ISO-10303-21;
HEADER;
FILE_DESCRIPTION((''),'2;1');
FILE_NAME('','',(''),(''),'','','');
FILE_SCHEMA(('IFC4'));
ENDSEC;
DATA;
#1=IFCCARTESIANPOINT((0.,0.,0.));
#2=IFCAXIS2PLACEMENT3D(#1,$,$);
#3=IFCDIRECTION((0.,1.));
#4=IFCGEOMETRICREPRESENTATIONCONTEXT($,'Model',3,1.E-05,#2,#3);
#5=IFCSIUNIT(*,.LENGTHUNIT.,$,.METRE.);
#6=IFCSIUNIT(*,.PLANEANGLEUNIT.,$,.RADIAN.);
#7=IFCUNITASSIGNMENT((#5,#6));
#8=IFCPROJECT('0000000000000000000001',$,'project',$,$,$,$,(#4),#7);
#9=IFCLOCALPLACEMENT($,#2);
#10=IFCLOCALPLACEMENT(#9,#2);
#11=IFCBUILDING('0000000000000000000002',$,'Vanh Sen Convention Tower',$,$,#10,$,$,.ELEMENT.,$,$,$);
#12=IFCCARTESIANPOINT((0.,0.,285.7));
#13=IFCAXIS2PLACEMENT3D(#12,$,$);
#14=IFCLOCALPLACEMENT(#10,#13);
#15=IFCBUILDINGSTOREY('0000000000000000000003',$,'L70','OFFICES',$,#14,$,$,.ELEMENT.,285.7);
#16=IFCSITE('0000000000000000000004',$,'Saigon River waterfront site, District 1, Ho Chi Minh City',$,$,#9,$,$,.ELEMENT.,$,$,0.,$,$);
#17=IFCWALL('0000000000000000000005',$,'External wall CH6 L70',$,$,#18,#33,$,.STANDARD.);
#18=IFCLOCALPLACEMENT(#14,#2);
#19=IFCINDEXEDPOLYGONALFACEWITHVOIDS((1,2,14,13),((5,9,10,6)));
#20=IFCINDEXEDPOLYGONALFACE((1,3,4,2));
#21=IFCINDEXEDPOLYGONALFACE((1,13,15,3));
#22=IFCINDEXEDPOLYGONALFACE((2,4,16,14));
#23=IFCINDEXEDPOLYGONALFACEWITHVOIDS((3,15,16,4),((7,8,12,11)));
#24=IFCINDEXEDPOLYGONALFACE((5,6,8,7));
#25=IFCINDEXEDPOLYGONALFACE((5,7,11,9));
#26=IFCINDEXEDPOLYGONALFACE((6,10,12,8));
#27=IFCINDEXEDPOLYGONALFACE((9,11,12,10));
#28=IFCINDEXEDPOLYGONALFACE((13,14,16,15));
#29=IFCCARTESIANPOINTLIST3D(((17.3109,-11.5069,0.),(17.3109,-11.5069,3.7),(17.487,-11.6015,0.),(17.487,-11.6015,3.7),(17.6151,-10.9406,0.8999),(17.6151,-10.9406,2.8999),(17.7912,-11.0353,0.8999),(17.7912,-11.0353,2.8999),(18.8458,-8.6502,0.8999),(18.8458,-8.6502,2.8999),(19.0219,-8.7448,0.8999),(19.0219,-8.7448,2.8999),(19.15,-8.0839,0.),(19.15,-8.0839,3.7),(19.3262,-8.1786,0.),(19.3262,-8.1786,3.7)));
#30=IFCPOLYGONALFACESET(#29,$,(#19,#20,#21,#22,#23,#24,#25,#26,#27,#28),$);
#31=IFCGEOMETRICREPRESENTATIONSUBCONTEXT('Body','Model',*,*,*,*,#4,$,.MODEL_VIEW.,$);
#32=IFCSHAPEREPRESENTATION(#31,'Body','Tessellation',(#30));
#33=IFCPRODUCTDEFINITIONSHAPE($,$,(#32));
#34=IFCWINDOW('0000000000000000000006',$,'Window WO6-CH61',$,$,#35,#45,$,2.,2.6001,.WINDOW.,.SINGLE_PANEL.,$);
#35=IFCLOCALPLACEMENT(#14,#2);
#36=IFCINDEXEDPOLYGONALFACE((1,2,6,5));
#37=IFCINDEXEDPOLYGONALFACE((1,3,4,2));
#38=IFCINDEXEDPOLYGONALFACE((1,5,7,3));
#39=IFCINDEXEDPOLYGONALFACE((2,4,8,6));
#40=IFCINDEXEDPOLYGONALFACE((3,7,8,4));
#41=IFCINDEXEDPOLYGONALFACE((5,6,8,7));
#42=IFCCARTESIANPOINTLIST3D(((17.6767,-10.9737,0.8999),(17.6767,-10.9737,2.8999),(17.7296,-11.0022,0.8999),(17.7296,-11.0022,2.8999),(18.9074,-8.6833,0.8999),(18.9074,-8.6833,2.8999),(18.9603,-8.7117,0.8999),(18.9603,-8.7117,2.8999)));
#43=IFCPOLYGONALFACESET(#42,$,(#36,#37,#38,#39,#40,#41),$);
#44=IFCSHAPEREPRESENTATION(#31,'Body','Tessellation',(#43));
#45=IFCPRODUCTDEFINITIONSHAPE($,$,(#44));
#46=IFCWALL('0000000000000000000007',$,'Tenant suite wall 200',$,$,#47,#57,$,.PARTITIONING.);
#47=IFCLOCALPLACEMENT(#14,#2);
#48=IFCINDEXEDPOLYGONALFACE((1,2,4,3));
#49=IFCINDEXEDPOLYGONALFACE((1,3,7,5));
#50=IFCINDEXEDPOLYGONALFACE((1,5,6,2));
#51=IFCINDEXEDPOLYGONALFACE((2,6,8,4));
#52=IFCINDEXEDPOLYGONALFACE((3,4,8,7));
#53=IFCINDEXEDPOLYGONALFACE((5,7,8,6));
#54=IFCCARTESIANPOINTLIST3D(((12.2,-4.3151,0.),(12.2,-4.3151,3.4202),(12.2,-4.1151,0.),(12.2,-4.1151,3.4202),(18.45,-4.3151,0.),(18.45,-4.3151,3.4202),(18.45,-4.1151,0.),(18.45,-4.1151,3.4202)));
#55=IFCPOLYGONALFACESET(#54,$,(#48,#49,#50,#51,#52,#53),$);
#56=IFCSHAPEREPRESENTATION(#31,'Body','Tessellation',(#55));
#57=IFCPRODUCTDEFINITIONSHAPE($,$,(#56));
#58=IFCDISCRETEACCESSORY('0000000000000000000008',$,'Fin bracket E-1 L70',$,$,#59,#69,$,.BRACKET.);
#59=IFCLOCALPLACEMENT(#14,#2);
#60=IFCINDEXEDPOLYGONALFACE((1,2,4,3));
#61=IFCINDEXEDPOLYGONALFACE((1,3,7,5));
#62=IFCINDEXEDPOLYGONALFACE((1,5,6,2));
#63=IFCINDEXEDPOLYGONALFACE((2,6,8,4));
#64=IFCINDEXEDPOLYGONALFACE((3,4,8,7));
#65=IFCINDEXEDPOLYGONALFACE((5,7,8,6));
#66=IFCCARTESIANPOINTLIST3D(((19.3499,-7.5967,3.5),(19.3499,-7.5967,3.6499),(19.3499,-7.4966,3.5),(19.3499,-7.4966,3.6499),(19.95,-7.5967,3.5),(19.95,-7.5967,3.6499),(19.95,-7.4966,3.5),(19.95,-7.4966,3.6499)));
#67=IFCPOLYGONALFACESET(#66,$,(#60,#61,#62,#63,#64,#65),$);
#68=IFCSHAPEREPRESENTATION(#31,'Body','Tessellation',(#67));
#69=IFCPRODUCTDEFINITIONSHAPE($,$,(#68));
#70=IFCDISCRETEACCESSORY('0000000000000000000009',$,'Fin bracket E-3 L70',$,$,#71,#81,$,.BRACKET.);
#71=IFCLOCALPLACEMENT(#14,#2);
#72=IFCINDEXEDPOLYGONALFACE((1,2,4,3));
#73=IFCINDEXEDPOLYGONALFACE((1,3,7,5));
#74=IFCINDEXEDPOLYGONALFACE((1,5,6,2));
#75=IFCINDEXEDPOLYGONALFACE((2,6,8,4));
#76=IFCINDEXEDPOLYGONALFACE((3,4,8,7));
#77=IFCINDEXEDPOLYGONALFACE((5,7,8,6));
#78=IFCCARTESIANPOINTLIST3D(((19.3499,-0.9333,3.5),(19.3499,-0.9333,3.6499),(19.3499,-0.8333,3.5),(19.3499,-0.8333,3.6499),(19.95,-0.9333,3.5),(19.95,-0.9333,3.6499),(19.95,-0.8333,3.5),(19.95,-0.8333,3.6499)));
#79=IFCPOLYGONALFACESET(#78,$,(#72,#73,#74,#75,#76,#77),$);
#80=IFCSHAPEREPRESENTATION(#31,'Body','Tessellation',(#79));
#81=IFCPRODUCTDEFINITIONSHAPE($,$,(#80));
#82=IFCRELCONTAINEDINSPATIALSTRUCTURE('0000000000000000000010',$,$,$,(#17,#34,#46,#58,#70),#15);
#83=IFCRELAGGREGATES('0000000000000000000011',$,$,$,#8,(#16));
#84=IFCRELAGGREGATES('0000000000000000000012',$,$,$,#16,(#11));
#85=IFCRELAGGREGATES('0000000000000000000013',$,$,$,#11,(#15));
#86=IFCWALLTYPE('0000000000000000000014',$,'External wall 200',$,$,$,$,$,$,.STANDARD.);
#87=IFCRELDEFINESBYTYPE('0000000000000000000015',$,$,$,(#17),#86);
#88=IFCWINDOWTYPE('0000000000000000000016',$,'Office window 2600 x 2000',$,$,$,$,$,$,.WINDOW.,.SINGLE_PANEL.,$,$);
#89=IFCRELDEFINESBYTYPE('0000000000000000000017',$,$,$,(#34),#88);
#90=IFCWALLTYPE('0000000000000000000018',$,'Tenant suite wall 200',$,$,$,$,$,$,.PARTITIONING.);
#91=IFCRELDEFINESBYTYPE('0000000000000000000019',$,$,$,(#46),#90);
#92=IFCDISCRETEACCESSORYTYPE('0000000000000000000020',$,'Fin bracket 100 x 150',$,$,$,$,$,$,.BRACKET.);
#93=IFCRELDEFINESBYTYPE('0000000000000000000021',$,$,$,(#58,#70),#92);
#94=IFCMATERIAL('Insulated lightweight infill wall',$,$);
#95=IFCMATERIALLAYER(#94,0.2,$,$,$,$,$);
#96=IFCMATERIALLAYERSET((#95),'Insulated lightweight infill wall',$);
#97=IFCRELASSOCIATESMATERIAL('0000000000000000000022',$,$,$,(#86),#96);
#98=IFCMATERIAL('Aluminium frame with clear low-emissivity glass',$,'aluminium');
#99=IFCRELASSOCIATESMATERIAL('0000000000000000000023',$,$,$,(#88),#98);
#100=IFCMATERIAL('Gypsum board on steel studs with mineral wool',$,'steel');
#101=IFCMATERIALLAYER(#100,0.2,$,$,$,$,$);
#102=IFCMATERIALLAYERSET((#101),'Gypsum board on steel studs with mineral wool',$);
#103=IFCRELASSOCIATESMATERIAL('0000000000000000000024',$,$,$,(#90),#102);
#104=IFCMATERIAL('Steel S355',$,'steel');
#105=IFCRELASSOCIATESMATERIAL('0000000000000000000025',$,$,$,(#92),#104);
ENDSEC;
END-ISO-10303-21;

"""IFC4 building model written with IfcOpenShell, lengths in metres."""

from ifc_helpers import new_model, si_unit, direction, frame, frame_2d, origin, origin_2d, place, context, subcontext, project, spatial, rectangle, extrude, material, layer, layer_set, type_object, element, fill, save


model = new_model("IFC4")

# Units and contexts
model_context = context("Model", 3, precision=1e-05, world=origin(), true_north=direction((0.0, 1.0)))
body_context = subcontext(model_context, "Body", "Model", "MODEL_VIEW")
ifc_project = project(units=[si_unit("LENGTHUNIT", "METRE"), si_unit("PLANEANGLEUNIT", "RADIAN")], contexts=[model_context])

# Site, building, storey
site_placement = place(None, origin())
site = spatial("IfcSite", under=ifc_project, at=site_placement, Name="Saigon River waterfront site, District 1, Ho Chi Minh City", CompositionType="ELEMENT", RefElevation=0.0)
building_placement = place(site_placement, origin())
building = spatial("IfcBuilding", under=site, at=building_placement, Name="Vanh Sen Convention Tower", CompositionType="ELEMENT")
storey_placement = place(building_placement, frame((0.0, 0.0, 285.7)))
storey = spatial("IfcBuildingStorey", under=building, at=storey_placement, Name="L70", Description="OFFICES", CompositionType="ELEMENT", Elevation=285.7)

# Shared definitions
ifc_material_1 = material(Name="Insulated lightweight infill wall")
ifc_layer_1 = layer(ifc_material_1, 0.2)
ifc_layer_set_1 = layer_set([ifc_layer_1], Name="Insulated lightweight infill wall")
wall_type_1 = type_object("IfcWallType", Name="External wall 200", PredefinedType="STANDARD", material=ifc_layer_set_1)
ifc_material_2 = material(Name="Aluminium frame with clear low-emissivity glass", Category="aluminium")

# Wall, opening, window
wall_1_placement = place(storey_placement, frame((17.3989, -11.5542, 0.0), z_axis=(0.0, 0.0, 1.0), x_axis=(0.473309, 0.880896, 0.0)))
wall_1 = element("IfcWall", 1, at=wall_1_placement, inside=storey, type_object=wall_type_1, Name="External wall CH6 L70", PredefinedType="STANDARD", context=body_context, shape_type="SweptSolid", body=[
    extrude(rectangle(XDim=3.8857, YDim=0.2, at=frame_2d((1.9429, 0.0))), origin(), (0.0, 0.0, 1.0), 3.7),
])
opening_1_placement = place(wall_1_placement, frame((0.6428, 0.0, 0.8999)))
opening_1 = element("IfcOpeningElement", 2, at=opening_1_placement, cuts=wall_1, PredefinedType="OPENING", context=body_context, shape_type="SweptSolid", body=[
    extrude(rectangle(XDim=2.6001, YDim=2.0, at=frame_2d((1.3, 1.0))), frame((0.0, 0.1099, 0.0), z_axis=(0.0, -1.0, 0.0), x_axis=(1.0, 0.0, 0.0)), (0.0, 0.0, 1.0), 0.22),
])
window_type_1 = type_object("IfcWindowType", Name="Office window 2600 x 2000", PartitioningType="SINGLE_PANEL", PredefinedType="WINDOW", material=ifc_material_2)
window_1_placement = place(opening_1_placement, origin())
window_1 = element("IfcWindow", 3, at=window_1_placement, inside=storey, type_object=window_type_1, Name="Window WO6-CH61", OverallHeight=2.0, OverallWidth=2.6001, PartitioningType="SINGLE_PANEL", PredefinedType="WINDOW", context=body_context, shape_type="SweptSolid", body=[
    extrude(rectangle(XDim=2.6001, YDim=2.0, at=frame_2d((1.3, 1.0))), frame((0.0, 0.03, 0.0), z_axis=(0.0, -1.0, 0.0), x_axis=(1.0, 0.0, 0.0)), (0.0, 0.0, 1.0), 0.0601),
])
fill(opening_1, window_1)

# Wall
ifc_material_3 = material(Name="Gypsum board on steel studs with mineral wool", Category="steel")
ifc_layer_2 = layer(ifc_material_3, 0.2)
ifc_layer_set_2 = layer_set([ifc_layer_2], Name="Gypsum board on steel studs with mineral wool")
wall_type_2 = type_object("IfcWallType", Name="Tenant suite wall 200", PredefinedType="PARTITIONING", material=ifc_layer_set_2)
wall_2_placement = place(storey_placement, frame((18.45, -4.2151, 0.0), z_axis=(0.0, 0.0, 1.0), x_axis=(-1.0, 0.0, 0.0)))
element("IfcWall", 4, at=wall_2_placement, inside=storey, type_object=wall_type_2, Name="Tenant suite wall 200", PredefinedType="PARTITIONING", context=body_context, shape_type="SweptSolid", body=[
    extrude(rectangle(XDim=6.25, YDim=0.2, at=frame_2d((3.125, 0.0))), origin(), (0.0, 0.0, 1.0), 3.4202),
])

# Discrete accessories
ifc_material_4 = material(Name="Steel S355", Category="steel")
discrete_accessory_type = type_object("IfcDiscreteAccessoryType", Name="Fin bracket 100 x 150", PredefinedType="BRACKET", material=ifc_material_4)
for number, where, z_axis, x_axis, name in (
    (5, (19.6499, -7.5466, 3.5), (0.0, 0.0, 1.0), (1.0, 0.0, 0.0), "Fin bracket E-1 L70"),
    (6, (19.6499, -0.8833, 3.5), (0.0, 0.0, 1.0), (1.0, 0.0, 0.0), "Fin bracket E-3 L70"),
):
    element("IfcDiscreteAccessory", number, at=place(storey_placement, frame(where, z_axis=z_axis, x_axis=x_axis)), inside=storey, type_object=discrete_accessory_type, Name=name, PredefinedType="BRACKET", context=body_context, shape_type="SweptSolid", body=[
        extrude(rectangle(XDim=0.6001, YDim=0.1001, at=origin_2d()), origin(), (0.0, 0.0, 1.0), 0.1499),
    ])

save(model, "model.ifc")
